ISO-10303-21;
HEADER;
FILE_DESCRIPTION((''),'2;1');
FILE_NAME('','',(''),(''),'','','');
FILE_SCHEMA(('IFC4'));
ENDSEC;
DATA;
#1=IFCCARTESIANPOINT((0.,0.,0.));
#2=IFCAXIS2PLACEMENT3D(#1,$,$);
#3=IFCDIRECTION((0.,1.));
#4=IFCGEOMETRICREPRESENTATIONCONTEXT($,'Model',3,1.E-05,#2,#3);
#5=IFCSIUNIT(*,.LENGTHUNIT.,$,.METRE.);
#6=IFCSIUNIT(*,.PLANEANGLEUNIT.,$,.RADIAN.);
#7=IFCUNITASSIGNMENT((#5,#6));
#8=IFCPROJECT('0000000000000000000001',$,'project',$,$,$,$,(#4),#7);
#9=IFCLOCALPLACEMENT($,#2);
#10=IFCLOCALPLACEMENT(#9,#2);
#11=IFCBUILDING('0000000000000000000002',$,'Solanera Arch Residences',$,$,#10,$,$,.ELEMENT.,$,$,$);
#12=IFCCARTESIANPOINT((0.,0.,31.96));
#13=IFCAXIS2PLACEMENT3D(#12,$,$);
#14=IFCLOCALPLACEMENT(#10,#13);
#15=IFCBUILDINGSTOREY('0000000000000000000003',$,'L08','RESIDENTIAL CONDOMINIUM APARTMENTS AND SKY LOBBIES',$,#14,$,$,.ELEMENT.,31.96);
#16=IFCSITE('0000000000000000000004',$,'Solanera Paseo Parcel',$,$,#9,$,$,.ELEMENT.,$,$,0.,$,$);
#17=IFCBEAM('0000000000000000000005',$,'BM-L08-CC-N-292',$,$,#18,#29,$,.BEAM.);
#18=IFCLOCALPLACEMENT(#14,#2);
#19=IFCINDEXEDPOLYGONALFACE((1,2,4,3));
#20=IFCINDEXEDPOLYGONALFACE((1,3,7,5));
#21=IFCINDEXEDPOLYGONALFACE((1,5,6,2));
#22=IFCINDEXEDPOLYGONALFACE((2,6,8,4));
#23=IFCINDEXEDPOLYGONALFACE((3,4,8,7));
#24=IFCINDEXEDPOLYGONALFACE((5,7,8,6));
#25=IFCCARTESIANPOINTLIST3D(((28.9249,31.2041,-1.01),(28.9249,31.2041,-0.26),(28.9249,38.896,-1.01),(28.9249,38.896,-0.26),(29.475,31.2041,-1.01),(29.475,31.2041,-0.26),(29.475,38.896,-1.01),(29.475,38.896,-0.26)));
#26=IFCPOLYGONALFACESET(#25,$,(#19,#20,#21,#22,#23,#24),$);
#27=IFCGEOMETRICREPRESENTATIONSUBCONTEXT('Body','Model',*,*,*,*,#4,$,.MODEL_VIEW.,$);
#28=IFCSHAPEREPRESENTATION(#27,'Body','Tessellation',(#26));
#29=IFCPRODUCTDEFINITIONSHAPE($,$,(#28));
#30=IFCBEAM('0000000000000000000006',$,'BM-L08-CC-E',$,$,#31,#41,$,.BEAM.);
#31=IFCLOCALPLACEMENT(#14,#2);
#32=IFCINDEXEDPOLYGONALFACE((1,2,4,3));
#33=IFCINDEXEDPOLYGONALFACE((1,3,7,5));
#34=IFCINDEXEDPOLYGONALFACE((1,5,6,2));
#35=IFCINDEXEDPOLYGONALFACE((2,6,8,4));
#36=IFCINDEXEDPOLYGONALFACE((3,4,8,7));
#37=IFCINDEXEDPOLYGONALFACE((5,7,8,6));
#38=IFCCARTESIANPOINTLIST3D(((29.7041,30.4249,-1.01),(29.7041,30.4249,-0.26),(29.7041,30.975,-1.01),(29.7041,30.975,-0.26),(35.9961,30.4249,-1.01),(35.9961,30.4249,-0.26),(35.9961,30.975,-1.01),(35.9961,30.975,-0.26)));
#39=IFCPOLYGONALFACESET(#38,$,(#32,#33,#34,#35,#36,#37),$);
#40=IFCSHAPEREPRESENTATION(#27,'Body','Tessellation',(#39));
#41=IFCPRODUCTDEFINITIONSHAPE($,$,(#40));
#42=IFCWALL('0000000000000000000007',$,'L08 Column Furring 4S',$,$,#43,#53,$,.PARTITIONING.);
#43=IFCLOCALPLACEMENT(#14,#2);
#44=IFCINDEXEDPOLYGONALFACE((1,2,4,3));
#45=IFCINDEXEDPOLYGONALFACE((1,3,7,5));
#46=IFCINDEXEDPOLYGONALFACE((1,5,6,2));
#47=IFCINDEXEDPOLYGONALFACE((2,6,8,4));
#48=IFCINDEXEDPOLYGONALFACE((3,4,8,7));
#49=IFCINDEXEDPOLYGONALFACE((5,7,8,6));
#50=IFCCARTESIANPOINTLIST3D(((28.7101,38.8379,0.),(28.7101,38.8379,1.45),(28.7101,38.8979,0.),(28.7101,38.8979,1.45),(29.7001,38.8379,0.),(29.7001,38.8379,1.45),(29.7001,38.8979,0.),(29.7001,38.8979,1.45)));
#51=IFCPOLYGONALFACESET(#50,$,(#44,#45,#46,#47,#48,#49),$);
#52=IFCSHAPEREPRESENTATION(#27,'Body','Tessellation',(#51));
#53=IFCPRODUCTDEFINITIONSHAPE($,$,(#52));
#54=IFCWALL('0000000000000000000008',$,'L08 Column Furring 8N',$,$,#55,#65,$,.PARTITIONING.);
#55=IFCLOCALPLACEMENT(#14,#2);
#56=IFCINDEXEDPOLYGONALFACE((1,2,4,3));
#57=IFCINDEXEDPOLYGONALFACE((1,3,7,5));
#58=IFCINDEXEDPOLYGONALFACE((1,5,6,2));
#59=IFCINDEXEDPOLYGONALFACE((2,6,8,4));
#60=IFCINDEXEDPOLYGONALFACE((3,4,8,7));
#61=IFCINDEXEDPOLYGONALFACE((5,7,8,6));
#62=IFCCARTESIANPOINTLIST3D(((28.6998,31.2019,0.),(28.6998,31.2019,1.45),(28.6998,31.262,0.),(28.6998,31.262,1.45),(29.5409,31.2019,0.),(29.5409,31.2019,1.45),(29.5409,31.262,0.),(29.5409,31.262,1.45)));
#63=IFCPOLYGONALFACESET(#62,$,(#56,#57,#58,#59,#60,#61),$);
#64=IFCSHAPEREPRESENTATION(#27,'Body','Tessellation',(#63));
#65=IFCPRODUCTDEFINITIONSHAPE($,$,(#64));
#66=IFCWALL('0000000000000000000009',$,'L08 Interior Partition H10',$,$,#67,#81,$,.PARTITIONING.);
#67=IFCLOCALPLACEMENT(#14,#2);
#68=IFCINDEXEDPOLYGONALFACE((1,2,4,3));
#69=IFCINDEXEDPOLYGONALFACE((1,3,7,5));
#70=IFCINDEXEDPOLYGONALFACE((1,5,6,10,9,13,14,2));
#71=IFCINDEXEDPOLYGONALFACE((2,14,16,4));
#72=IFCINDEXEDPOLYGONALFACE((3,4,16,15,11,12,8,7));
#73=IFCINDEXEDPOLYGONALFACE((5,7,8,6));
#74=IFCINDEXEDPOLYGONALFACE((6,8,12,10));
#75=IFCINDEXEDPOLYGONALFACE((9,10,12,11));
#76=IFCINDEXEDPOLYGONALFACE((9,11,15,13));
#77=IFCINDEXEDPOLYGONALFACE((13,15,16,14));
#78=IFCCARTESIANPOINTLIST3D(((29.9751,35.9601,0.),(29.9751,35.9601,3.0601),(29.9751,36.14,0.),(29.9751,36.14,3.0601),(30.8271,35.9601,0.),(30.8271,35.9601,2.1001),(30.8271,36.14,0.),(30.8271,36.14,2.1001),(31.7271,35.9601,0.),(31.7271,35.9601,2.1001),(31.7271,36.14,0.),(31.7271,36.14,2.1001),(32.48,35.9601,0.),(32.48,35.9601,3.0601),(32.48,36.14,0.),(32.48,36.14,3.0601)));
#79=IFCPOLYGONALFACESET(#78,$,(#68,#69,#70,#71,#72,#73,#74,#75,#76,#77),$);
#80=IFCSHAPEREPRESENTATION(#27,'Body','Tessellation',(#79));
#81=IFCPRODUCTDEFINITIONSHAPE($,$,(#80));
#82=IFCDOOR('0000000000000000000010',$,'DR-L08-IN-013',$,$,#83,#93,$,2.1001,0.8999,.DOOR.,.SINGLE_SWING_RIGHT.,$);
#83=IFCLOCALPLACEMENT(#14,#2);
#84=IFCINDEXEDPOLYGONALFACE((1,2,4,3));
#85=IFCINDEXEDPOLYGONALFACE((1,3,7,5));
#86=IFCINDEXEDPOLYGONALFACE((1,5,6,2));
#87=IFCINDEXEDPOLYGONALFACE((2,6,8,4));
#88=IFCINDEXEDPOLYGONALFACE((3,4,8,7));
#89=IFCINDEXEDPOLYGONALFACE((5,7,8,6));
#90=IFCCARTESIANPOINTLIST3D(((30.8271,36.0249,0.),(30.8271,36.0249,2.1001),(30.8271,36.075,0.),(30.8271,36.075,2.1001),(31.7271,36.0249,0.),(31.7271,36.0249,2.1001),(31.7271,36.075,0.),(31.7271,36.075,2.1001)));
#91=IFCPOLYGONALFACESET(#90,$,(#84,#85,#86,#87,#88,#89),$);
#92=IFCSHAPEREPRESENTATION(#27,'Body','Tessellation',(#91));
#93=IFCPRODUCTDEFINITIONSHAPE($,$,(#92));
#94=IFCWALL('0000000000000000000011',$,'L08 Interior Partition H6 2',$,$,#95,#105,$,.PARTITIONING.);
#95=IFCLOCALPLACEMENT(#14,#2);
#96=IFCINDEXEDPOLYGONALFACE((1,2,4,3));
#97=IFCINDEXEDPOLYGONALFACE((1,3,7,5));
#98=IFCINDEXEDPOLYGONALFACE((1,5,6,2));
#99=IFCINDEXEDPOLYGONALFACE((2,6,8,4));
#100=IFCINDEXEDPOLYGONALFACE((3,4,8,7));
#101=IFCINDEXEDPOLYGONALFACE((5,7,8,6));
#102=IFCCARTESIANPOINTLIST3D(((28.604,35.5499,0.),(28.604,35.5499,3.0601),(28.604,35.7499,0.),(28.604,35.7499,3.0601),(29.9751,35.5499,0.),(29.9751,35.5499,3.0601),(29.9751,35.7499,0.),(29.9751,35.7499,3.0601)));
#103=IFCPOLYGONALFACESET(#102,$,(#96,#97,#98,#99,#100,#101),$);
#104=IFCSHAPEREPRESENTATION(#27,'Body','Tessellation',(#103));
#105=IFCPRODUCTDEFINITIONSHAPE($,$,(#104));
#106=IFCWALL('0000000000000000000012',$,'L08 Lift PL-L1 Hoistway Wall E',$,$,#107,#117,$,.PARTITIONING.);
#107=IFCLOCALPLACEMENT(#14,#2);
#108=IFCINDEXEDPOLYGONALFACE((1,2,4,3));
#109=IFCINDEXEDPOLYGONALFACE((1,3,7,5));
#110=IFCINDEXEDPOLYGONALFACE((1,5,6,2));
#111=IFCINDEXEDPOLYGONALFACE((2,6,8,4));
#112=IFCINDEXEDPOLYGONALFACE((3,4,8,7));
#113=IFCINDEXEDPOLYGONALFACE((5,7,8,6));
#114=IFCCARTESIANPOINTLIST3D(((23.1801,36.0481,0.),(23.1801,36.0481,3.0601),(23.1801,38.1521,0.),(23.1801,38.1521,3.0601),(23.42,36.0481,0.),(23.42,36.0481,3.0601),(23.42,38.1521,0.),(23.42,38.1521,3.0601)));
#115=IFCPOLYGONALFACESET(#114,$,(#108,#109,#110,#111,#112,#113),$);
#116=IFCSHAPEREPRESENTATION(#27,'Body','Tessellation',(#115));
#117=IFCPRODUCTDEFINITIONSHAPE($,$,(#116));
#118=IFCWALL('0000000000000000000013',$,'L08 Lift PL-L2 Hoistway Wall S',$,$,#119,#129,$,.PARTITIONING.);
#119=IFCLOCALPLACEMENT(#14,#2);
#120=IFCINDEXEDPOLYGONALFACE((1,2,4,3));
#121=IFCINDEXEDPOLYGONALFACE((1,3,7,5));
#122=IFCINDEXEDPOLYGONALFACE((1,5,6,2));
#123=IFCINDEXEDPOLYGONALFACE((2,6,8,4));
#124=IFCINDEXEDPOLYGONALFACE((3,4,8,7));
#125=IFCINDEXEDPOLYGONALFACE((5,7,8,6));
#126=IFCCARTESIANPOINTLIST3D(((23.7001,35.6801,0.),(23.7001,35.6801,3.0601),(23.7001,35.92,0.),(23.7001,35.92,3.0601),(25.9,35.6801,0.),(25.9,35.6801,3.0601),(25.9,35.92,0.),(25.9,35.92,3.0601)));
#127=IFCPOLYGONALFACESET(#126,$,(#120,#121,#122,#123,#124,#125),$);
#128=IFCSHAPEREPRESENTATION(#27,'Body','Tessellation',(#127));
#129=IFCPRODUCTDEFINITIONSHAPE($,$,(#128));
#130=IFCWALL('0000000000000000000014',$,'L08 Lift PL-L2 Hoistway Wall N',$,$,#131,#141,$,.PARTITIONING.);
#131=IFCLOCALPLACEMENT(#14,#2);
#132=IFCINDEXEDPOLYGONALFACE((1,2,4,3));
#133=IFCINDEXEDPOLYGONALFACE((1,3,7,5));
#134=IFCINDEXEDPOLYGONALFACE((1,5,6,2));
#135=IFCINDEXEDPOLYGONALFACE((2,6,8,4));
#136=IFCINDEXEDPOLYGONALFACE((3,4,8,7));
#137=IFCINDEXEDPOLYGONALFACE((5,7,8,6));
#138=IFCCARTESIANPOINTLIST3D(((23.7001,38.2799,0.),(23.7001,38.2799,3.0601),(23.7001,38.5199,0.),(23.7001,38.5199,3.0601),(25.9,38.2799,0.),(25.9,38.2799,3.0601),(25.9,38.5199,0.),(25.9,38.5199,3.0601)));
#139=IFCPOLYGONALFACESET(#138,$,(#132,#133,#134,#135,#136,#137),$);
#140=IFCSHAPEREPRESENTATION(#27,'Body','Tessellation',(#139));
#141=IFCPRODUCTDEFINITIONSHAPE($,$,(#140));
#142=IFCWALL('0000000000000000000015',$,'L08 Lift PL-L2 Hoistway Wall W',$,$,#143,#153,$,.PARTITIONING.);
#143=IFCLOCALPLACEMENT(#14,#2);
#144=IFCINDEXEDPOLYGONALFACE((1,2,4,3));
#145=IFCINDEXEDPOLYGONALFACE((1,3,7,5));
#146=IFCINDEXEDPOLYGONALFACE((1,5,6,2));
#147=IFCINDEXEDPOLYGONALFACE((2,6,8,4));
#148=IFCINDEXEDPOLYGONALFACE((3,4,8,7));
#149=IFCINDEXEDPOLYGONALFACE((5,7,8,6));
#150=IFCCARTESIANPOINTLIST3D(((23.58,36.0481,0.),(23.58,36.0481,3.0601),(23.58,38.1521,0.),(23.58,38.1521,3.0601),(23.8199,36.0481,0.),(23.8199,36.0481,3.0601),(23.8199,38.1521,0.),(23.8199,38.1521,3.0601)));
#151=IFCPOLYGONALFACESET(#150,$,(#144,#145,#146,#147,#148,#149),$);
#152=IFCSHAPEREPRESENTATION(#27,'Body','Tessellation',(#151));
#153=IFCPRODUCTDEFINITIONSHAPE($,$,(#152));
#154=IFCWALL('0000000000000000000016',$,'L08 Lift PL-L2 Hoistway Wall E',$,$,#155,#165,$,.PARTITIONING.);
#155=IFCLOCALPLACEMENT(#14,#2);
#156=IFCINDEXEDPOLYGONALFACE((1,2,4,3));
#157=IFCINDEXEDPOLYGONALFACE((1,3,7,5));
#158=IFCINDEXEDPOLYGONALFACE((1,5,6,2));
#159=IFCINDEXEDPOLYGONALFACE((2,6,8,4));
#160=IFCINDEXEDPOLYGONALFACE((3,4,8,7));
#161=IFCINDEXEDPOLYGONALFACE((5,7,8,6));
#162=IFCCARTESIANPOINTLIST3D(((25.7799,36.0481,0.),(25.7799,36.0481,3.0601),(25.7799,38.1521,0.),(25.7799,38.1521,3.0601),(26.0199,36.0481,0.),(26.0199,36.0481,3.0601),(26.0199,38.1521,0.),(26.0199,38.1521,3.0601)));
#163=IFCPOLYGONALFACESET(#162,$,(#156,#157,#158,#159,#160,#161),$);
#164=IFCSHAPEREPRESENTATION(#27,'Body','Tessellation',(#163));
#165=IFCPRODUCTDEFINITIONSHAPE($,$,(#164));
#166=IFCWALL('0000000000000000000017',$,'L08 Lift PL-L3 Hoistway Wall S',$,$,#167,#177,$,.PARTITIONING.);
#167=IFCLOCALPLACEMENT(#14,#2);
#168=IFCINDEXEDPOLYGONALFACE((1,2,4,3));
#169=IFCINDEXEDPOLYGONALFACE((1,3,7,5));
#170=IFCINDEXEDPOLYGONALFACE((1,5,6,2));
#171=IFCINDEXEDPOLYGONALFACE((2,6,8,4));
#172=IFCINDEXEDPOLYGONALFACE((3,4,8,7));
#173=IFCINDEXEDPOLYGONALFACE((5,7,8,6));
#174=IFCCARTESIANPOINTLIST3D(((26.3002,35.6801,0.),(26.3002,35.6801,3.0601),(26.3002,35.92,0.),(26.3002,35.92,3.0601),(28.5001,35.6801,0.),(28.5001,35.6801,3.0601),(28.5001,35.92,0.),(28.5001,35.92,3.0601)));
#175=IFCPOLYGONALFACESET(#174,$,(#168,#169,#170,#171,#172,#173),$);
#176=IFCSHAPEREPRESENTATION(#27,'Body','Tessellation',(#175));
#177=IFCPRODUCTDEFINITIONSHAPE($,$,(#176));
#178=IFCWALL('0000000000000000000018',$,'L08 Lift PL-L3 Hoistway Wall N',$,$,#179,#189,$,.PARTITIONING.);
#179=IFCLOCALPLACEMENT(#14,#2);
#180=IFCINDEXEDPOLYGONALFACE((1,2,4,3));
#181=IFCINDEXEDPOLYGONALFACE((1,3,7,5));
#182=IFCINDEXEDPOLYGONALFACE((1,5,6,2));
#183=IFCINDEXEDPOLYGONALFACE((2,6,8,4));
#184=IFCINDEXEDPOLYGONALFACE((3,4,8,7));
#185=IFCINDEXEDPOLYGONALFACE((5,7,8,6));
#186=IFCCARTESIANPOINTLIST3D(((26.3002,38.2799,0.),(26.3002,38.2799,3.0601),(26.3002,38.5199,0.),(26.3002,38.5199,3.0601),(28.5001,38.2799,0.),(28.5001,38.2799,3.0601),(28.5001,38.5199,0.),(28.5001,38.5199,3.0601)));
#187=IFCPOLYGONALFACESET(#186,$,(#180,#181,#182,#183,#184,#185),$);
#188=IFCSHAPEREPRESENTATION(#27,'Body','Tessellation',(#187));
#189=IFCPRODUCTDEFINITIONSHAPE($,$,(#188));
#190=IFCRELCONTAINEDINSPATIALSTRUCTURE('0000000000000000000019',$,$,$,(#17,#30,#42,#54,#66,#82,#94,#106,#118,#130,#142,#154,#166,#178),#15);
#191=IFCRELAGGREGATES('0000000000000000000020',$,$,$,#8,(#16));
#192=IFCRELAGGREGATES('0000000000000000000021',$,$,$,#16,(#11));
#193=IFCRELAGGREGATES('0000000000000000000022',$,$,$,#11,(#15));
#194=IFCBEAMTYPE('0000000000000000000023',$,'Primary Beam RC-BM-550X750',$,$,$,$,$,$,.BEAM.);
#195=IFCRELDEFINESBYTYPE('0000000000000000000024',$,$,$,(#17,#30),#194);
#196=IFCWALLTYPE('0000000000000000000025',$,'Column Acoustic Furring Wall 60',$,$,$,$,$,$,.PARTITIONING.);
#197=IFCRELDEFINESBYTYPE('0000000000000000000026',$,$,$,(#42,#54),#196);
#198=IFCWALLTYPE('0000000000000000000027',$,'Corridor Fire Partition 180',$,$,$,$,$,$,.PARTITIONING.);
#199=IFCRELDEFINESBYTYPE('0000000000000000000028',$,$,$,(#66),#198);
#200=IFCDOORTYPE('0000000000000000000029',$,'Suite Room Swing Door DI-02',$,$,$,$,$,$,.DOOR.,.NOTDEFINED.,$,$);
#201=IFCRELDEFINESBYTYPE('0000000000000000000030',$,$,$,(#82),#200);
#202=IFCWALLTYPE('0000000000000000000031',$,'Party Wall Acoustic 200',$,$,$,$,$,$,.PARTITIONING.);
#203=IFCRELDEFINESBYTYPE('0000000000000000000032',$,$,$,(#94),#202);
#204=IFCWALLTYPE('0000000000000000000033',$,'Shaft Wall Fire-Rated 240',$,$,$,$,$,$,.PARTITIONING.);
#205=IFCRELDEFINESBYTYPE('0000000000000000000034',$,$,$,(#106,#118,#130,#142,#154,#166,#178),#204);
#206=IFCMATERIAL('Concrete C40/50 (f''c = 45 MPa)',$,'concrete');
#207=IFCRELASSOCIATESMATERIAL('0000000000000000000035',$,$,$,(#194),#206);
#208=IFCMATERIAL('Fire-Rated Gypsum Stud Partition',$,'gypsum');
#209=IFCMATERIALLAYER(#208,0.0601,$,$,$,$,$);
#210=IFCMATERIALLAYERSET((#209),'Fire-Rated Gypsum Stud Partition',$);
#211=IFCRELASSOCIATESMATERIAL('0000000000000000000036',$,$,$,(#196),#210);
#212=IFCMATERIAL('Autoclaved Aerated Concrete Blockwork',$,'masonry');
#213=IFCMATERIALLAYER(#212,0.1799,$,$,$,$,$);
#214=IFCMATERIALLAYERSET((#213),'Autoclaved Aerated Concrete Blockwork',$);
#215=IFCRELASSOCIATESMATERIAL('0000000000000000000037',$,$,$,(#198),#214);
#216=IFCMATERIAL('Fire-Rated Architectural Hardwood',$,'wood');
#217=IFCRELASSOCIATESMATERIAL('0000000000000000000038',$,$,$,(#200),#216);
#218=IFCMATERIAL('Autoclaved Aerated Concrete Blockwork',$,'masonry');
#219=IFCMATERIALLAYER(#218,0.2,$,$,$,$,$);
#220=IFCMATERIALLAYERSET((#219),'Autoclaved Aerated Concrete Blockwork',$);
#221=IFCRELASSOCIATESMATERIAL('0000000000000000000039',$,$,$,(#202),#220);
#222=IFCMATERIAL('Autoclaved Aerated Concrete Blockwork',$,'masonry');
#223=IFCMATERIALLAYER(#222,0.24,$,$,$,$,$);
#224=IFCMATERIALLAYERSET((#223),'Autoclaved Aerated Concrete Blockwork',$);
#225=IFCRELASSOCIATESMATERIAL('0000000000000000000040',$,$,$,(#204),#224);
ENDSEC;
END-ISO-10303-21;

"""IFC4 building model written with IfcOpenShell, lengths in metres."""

from ifc_helpers import new_model, si_unit, direction, frame, frame_2d, origin, origin_2d, place, context, subcontext, project, spatial, rectangle, extrude, material, layer, layer_set, material_profile, profile_set, type_object, element, fill, save


model = new_model("IFC4")

# Units and contexts
model_context = context("Model", 3, precision=1e-05, world=origin(), true_north=direction((0.0, 1.0)))
body_context = subcontext(model_context, "Body", "Model", "MODEL_VIEW")
ifc_project = project(units=[si_unit("LENGTHUNIT", "METRE"), si_unit("PLANEANGLEUNIT", "RADIAN")], contexts=[model_context])

# Site, building, storey
site_placement = place(None, origin())
site = spatial("IfcSite", under=ifc_project, at=site_placement, Name="Solanera Paseo Parcel", CompositionType="ELEMENT", RefElevation=0.0)
building_placement = place(site_placement, origin())
building = spatial("IfcBuilding", under=site, at=building_placement, Name="Solanera Arch Residences", CompositionType="ELEMENT")
storey_placement = place(building_placement, frame((0.0, 0.0, 31.96)))
storey = spatial("IfcBuildingStorey", under=building, at=storey_placement, Name="L08", Description="RESIDENTIAL CONDOMINIUM APARTMENTS AND SKY LOBBIES", CompositionType="ELEMENT", Elevation=31.96)

# Beams
ifc_material_1 = material(Name="Concrete C40/50 (f'c = 45 MPa)", Category="concrete")
ifc_material_profile = material_profile(ifc_material_1, rectangle(XDim=0.55, YDim=0.75, at=origin_2d()))
ifc_profile_set = profile_set([ifc_material_profile], Name="Concrete C40/50 (f'c = 45 MPa)")
beam_type = type_object("IfcBeamType", Name="Primary Beam RC-BM-550X750", PredefinedType="BEAM", material=ifc_profile_set)
beam_1_placement = place(storey_placement, frame((29.2, 31.2041, -0.635), z_axis=(0.0, 1.0, 0.0), x_axis=(-1.0, 0.0, 0.0)))
element("IfcBeam", 1, at=beam_1_placement, inside=storey, type_object=beam_type, Name="BM-L08-CC-N-292", PredefinedType="BEAM", context=body_context, shape_type="SweptSolid", body=[
    extrude(rectangle(XDim=0.55, YDim=0.75, at=origin_2d()), origin(), (0.0, 0.0, 1.0), 7.6919),
])
beam_2_placement = place(storey_placement, frame((29.7041, 30.7, -0.635), z_axis=(1.0, 0.0, 0.0), x_axis=(0.0, 1.0, 0.0)))
element("IfcBeam", 2, at=beam_2_placement, inside=storey, type_object=beam_type, Name="BM-L08-CC-E", PredefinedType="BEAM", context=body_context, shape_type="SweptSolid", body=[
    extrude(rectangle(XDim=0.55, YDim=0.75, at=origin_2d()), origin(), (0.0, 0.0, 1.0), 6.292),
])

# Walls
ifc_material_2 = material(Name="Fire-Rated Gypsum Stud Partition", Category="gypsum")
ifc_layer_1 = layer(ifc_material_2, 0.0601)
ifc_layer_set_1 = layer_set([ifc_layer_1], Name="Fire-Rated Gypsum Stud Partition")
wall_type_1 = type_object("IfcWallType", Name="Column Acoustic Furring Wall 60", PredefinedType="PARTITIONING", material=ifc_layer_set_1)
wall_1_placement = place(storey_placement, frame((28.71, 38.8679, 0.0), z_axis=(0.0, 0.0, 1.0), x_axis=(1.0, 0.0, 0.0)))
element("IfcWall", 3, at=wall_1_placement, inside=storey, type_object=wall_type_1, Name="L08 Column Furring 4S", PredefinedType="PARTITIONING", context=body_context, shape_type="SweptSolid", body=[
    extrude(rectangle(XDim=0.99, YDim=0.0601, at=frame_2d((0.4951, 0.0))), origin(), (0.0, 0.0, 1.0), 1.45),
])
wall_2_placement = place(storey_placement, frame((28.7, 31.2319, 0.0), z_axis=(0.0, 0.0, 1.0), x_axis=(1.0, 0.0, 0.0)))
element("IfcWall", 4, at=wall_2_placement, inside=storey, type_object=wall_type_1, Name="L08 Column Furring 8N", PredefinedType="PARTITIONING", context=body_context, shape_type="SweptSolid", body=[
    extrude(rectangle(XDim=0.8411, YDim=0.0601, at=frame_2d((0.4204, 0.0))), origin(), (0.0, 0.0, 1.0), 1.45),
])

# Wall, opening, door
ifc_material_3 = material(Name="Autoclaved Aerated Concrete Blockwork", Category="masonry")
ifc_layer_2 = layer(ifc_material_3, 0.1799)
ifc_layer_set_2 = layer_set([ifc_layer_2], Name="Autoclaved Aerated Concrete Blockwork")
wall_type_2 = type_object("IfcWallType", Name="Corridor Fire Partition 180", PredefinedType="PARTITIONING", material=ifc_layer_set_2)
wall_3_placement = place(storey_placement, frame((29.9751, 36.05, 0.0), z_axis=(0.0, 0.0, 1.0), x_axis=(1.0, 0.0, 0.0)))
wall_3 = element("IfcWall", 5, at=wall_3_placement, inside=storey, type_object=wall_type_2, Name="L08 Interior Partition H10", PredefinedType="PARTITIONING", context=body_context, shape_type="SweptSolid", body=[
    extrude(rectangle(XDim=2.5049, YDim=0.1799, at=frame_2d((1.2524, 0.0))), origin(), (0.0, 0.0, 1.0), 3.0601),
])
opening_1_placement = place(wall_3_placement, frame((0.8521, 0.0, 0.0)))
opening_1 = element("IfcOpeningElement", 6, at=opening_1_placement, cuts=wall_3, PredefinedType="OPENING", context=body_context, shape_type="SweptSolid", body=[
    extrude(rectangle(XDim=0.8999, YDim=2.1001, at=frame_2d((0.45, 1.05))), frame((0.0, 0.1001, 0.0), z_axis=(0.0, -1.0, 0.0), x_axis=(1.0, 0.0, 0.0)), (0.0, 0.0, 1.0), 0.1999),
])
ifc_material_4 = material(Name="Fire-Rated Architectural Hardwood", Category="wood")
door_type_1 = type_object("IfcDoorType", Name="Suite Room Swing Door DI-02", OperationType="NOTDEFINED", PredefinedType="DOOR", material=ifc_material_4)
door_1_placement = place(opening_1_placement, origin())
door_1 = element("IfcDoor", 7, at=door_1_placement, inside=storey, type_object=door_type_1, Name="DR-L08-IN-013", OperationType="SINGLE_SWING_RIGHT", OverallHeight=2.1001, OverallWidth=0.8999, PredefinedType="DOOR", context=body_context, shape_type="SweptSolid", body=[
    extrude(rectangle(XDim=0.8999, YDim=2.1001, at=frame_2d((0.45, 1.05))), frame((0.0, 0.0249, 0.0), z_axis=(0.0, -1.0, 0.0), x_axis=(1.0, 0.0, 0.0)), (0.0, 0.0, 1.0), 0.05),
])
fill(opening_1, door_1)

# Walls
ifc_material_5 = material(Name="Autoclaved Aerated Concrete Blockwork", Category="masonry")
ifc_layer_3 = layer(ifc_material_5, 0.2)
ifc_layer_set_3 = layer_set([ifc_layer_3], Name="Autoclaved Aerated Concrete Blockwork")
wall_type_3 = type_object("IfcWallType", Name="Party Wall Acoustic 200", PredefinedType="PARTITIONING", material=ifc_layer_set_3)
wall_4_placement = place(storey_placement, frame((28.604, 35.6499, 0.0), z_axis=(0.0, 0.0, 1.0), x_axis=(1.0, 0.0, 0.0)))
element("IfcWall", 8, at=wall_4_placement, inside=storey, type_object=wall_type_3, Name="L08 Interior Partition H6 2", PredefinedType="PARTITIONING", context=body_context, shape_type="SweptSolid", body=[
    extrude(rectangle(XDim=1.3711, YDim=0.2, at=frame_2d((0.6855, 0.0))), origin(), (0.0, 0.0, 1.0), 3.0601),
])
ifc_material_6 = material(Name="Autoclaved Aerated Concrete Blockwork", Category="masonry")
ifc_layer_4 = layer(ifc_material_6, 0.24)
ifc_layer_set_4 = layer_set([ifc_layer_4], Name="Autoclaved Aerated Concrete Blockwork")
wall_type_4 = type_object("IfcWallType", Name="Shaft Wall Fire-Rated 240", PredefinedType="PARTITIONING", material=ifc_layer_set_4)
wall_5_placement = place(storey_placement, frame((23.3, 36.0481, 0.0), z_axis=(0.0, 0.0, 1.0), x_axis=(0.0, 1.0, 0.0)))
element("IfcWall", 9, at=wall_5_placement, inside=storey, type_object=wall_type_4, Name="L08 Lift PL-L1 Hoistway Wall E", PredefinedType="PARTITIONING", context=body_context, shape_type="SweptSolid", body=[
    extrude(rectangle(XDim=2.104, YDim=0.24, at=frame_2d((1.052, 0.0))), origin(), (0.0, 0.0, 1.0), 3.0601),
])
for number, where, z_axis, x_axis, name in (
    (10, (23.7, 35.8, 0.0), (0.0, 0.0, 1.0), (1.0, 0.0, 0.0), "L08 Lift PL-L2 Hoistway Wall S"),
    (11, (23.7, 38.3999, 0.0), (0.0, 0.0, 1.0), (1.0, 0.0, 0.0), "L08 Lift PL-L2 Hoistway Wall N"),
):
    element("IfcWall", number, at=place(storey_placement, frame(where, z_axis=z_axis, x_axis=x_axis)), inside=storey, type_object=wall_type_4, Name=name, PredefinedType="PARTITIONING", context=body_context, shape_type="SweptSolid", body=[
        extrude(rectangle(XDim=2.2, YDim=0.24, at=frame_2d((1.1001, 0.0))), origin(), (0.0, 0.0, 1.0), 3.0601),
    ])
for number, where, z_axis, x_axis, name in (
    (12, (23.7, 36.0481, 0.0), (0.0, 0.0, 1.0), (0.0, 1.0, 0.0), "L08 Lift PL-L2 Hoistway Wall W"),
    (13, (25.8999, 36.0481, 0.0), (0.0, 0.0, 1.0), (0.0, 1.0, 0.0), "L08 Lift PL-L2 Hoistway Wall E"),
):
    element("IfcWall", number, at=place(storey_placement, frame(where, z_axis=z_axis, x_axis=x_axis)), inside=storey, type_object=wall_type_4, Name=name, PredefinedType="PARTITIONING", context=body_context, shape_type="SweptSolid", body=[
        extrude(rectangle(XDim=2.104, YDim=0.24, at=frame_2d((1.052, 0.0))), origin(), (0.0, 0.0, 1.0), 3.0601),
    ])
for number, where, z_axis, x_axis, name in (
    (14, (26.3, 35.8, 0.0), (0.0, 0.0, 1.0), (1.0, 0.0, 0.0), "L08 Lift PL-L3 Hoistway Wall S"),
    (15, (26.3, 38.3999, 0.0), (0.0, 0.0, 1.0), (1.0, 0.0, 0.0), "L08 Lift PL-L3 Hoistway Wall N"),
):
    element("IfcWall", number, at=place(storey_placement, frame(where, z_axis=z_axis, x_axis=x_axis)), inside=storey, type_object=wall_type_4, Name=name, PredefinedType="PARTITIONING", context=body_context, shape_type="SweptSolid", body=[
        extrude(rectangle(XDim=2.2, YDim=0.24, at=frame_2d((1.1001, 0.0))), origin(), (0.0, 0.0, 1.0), 3.0601),
    ])

save(model, "model.ifc")
